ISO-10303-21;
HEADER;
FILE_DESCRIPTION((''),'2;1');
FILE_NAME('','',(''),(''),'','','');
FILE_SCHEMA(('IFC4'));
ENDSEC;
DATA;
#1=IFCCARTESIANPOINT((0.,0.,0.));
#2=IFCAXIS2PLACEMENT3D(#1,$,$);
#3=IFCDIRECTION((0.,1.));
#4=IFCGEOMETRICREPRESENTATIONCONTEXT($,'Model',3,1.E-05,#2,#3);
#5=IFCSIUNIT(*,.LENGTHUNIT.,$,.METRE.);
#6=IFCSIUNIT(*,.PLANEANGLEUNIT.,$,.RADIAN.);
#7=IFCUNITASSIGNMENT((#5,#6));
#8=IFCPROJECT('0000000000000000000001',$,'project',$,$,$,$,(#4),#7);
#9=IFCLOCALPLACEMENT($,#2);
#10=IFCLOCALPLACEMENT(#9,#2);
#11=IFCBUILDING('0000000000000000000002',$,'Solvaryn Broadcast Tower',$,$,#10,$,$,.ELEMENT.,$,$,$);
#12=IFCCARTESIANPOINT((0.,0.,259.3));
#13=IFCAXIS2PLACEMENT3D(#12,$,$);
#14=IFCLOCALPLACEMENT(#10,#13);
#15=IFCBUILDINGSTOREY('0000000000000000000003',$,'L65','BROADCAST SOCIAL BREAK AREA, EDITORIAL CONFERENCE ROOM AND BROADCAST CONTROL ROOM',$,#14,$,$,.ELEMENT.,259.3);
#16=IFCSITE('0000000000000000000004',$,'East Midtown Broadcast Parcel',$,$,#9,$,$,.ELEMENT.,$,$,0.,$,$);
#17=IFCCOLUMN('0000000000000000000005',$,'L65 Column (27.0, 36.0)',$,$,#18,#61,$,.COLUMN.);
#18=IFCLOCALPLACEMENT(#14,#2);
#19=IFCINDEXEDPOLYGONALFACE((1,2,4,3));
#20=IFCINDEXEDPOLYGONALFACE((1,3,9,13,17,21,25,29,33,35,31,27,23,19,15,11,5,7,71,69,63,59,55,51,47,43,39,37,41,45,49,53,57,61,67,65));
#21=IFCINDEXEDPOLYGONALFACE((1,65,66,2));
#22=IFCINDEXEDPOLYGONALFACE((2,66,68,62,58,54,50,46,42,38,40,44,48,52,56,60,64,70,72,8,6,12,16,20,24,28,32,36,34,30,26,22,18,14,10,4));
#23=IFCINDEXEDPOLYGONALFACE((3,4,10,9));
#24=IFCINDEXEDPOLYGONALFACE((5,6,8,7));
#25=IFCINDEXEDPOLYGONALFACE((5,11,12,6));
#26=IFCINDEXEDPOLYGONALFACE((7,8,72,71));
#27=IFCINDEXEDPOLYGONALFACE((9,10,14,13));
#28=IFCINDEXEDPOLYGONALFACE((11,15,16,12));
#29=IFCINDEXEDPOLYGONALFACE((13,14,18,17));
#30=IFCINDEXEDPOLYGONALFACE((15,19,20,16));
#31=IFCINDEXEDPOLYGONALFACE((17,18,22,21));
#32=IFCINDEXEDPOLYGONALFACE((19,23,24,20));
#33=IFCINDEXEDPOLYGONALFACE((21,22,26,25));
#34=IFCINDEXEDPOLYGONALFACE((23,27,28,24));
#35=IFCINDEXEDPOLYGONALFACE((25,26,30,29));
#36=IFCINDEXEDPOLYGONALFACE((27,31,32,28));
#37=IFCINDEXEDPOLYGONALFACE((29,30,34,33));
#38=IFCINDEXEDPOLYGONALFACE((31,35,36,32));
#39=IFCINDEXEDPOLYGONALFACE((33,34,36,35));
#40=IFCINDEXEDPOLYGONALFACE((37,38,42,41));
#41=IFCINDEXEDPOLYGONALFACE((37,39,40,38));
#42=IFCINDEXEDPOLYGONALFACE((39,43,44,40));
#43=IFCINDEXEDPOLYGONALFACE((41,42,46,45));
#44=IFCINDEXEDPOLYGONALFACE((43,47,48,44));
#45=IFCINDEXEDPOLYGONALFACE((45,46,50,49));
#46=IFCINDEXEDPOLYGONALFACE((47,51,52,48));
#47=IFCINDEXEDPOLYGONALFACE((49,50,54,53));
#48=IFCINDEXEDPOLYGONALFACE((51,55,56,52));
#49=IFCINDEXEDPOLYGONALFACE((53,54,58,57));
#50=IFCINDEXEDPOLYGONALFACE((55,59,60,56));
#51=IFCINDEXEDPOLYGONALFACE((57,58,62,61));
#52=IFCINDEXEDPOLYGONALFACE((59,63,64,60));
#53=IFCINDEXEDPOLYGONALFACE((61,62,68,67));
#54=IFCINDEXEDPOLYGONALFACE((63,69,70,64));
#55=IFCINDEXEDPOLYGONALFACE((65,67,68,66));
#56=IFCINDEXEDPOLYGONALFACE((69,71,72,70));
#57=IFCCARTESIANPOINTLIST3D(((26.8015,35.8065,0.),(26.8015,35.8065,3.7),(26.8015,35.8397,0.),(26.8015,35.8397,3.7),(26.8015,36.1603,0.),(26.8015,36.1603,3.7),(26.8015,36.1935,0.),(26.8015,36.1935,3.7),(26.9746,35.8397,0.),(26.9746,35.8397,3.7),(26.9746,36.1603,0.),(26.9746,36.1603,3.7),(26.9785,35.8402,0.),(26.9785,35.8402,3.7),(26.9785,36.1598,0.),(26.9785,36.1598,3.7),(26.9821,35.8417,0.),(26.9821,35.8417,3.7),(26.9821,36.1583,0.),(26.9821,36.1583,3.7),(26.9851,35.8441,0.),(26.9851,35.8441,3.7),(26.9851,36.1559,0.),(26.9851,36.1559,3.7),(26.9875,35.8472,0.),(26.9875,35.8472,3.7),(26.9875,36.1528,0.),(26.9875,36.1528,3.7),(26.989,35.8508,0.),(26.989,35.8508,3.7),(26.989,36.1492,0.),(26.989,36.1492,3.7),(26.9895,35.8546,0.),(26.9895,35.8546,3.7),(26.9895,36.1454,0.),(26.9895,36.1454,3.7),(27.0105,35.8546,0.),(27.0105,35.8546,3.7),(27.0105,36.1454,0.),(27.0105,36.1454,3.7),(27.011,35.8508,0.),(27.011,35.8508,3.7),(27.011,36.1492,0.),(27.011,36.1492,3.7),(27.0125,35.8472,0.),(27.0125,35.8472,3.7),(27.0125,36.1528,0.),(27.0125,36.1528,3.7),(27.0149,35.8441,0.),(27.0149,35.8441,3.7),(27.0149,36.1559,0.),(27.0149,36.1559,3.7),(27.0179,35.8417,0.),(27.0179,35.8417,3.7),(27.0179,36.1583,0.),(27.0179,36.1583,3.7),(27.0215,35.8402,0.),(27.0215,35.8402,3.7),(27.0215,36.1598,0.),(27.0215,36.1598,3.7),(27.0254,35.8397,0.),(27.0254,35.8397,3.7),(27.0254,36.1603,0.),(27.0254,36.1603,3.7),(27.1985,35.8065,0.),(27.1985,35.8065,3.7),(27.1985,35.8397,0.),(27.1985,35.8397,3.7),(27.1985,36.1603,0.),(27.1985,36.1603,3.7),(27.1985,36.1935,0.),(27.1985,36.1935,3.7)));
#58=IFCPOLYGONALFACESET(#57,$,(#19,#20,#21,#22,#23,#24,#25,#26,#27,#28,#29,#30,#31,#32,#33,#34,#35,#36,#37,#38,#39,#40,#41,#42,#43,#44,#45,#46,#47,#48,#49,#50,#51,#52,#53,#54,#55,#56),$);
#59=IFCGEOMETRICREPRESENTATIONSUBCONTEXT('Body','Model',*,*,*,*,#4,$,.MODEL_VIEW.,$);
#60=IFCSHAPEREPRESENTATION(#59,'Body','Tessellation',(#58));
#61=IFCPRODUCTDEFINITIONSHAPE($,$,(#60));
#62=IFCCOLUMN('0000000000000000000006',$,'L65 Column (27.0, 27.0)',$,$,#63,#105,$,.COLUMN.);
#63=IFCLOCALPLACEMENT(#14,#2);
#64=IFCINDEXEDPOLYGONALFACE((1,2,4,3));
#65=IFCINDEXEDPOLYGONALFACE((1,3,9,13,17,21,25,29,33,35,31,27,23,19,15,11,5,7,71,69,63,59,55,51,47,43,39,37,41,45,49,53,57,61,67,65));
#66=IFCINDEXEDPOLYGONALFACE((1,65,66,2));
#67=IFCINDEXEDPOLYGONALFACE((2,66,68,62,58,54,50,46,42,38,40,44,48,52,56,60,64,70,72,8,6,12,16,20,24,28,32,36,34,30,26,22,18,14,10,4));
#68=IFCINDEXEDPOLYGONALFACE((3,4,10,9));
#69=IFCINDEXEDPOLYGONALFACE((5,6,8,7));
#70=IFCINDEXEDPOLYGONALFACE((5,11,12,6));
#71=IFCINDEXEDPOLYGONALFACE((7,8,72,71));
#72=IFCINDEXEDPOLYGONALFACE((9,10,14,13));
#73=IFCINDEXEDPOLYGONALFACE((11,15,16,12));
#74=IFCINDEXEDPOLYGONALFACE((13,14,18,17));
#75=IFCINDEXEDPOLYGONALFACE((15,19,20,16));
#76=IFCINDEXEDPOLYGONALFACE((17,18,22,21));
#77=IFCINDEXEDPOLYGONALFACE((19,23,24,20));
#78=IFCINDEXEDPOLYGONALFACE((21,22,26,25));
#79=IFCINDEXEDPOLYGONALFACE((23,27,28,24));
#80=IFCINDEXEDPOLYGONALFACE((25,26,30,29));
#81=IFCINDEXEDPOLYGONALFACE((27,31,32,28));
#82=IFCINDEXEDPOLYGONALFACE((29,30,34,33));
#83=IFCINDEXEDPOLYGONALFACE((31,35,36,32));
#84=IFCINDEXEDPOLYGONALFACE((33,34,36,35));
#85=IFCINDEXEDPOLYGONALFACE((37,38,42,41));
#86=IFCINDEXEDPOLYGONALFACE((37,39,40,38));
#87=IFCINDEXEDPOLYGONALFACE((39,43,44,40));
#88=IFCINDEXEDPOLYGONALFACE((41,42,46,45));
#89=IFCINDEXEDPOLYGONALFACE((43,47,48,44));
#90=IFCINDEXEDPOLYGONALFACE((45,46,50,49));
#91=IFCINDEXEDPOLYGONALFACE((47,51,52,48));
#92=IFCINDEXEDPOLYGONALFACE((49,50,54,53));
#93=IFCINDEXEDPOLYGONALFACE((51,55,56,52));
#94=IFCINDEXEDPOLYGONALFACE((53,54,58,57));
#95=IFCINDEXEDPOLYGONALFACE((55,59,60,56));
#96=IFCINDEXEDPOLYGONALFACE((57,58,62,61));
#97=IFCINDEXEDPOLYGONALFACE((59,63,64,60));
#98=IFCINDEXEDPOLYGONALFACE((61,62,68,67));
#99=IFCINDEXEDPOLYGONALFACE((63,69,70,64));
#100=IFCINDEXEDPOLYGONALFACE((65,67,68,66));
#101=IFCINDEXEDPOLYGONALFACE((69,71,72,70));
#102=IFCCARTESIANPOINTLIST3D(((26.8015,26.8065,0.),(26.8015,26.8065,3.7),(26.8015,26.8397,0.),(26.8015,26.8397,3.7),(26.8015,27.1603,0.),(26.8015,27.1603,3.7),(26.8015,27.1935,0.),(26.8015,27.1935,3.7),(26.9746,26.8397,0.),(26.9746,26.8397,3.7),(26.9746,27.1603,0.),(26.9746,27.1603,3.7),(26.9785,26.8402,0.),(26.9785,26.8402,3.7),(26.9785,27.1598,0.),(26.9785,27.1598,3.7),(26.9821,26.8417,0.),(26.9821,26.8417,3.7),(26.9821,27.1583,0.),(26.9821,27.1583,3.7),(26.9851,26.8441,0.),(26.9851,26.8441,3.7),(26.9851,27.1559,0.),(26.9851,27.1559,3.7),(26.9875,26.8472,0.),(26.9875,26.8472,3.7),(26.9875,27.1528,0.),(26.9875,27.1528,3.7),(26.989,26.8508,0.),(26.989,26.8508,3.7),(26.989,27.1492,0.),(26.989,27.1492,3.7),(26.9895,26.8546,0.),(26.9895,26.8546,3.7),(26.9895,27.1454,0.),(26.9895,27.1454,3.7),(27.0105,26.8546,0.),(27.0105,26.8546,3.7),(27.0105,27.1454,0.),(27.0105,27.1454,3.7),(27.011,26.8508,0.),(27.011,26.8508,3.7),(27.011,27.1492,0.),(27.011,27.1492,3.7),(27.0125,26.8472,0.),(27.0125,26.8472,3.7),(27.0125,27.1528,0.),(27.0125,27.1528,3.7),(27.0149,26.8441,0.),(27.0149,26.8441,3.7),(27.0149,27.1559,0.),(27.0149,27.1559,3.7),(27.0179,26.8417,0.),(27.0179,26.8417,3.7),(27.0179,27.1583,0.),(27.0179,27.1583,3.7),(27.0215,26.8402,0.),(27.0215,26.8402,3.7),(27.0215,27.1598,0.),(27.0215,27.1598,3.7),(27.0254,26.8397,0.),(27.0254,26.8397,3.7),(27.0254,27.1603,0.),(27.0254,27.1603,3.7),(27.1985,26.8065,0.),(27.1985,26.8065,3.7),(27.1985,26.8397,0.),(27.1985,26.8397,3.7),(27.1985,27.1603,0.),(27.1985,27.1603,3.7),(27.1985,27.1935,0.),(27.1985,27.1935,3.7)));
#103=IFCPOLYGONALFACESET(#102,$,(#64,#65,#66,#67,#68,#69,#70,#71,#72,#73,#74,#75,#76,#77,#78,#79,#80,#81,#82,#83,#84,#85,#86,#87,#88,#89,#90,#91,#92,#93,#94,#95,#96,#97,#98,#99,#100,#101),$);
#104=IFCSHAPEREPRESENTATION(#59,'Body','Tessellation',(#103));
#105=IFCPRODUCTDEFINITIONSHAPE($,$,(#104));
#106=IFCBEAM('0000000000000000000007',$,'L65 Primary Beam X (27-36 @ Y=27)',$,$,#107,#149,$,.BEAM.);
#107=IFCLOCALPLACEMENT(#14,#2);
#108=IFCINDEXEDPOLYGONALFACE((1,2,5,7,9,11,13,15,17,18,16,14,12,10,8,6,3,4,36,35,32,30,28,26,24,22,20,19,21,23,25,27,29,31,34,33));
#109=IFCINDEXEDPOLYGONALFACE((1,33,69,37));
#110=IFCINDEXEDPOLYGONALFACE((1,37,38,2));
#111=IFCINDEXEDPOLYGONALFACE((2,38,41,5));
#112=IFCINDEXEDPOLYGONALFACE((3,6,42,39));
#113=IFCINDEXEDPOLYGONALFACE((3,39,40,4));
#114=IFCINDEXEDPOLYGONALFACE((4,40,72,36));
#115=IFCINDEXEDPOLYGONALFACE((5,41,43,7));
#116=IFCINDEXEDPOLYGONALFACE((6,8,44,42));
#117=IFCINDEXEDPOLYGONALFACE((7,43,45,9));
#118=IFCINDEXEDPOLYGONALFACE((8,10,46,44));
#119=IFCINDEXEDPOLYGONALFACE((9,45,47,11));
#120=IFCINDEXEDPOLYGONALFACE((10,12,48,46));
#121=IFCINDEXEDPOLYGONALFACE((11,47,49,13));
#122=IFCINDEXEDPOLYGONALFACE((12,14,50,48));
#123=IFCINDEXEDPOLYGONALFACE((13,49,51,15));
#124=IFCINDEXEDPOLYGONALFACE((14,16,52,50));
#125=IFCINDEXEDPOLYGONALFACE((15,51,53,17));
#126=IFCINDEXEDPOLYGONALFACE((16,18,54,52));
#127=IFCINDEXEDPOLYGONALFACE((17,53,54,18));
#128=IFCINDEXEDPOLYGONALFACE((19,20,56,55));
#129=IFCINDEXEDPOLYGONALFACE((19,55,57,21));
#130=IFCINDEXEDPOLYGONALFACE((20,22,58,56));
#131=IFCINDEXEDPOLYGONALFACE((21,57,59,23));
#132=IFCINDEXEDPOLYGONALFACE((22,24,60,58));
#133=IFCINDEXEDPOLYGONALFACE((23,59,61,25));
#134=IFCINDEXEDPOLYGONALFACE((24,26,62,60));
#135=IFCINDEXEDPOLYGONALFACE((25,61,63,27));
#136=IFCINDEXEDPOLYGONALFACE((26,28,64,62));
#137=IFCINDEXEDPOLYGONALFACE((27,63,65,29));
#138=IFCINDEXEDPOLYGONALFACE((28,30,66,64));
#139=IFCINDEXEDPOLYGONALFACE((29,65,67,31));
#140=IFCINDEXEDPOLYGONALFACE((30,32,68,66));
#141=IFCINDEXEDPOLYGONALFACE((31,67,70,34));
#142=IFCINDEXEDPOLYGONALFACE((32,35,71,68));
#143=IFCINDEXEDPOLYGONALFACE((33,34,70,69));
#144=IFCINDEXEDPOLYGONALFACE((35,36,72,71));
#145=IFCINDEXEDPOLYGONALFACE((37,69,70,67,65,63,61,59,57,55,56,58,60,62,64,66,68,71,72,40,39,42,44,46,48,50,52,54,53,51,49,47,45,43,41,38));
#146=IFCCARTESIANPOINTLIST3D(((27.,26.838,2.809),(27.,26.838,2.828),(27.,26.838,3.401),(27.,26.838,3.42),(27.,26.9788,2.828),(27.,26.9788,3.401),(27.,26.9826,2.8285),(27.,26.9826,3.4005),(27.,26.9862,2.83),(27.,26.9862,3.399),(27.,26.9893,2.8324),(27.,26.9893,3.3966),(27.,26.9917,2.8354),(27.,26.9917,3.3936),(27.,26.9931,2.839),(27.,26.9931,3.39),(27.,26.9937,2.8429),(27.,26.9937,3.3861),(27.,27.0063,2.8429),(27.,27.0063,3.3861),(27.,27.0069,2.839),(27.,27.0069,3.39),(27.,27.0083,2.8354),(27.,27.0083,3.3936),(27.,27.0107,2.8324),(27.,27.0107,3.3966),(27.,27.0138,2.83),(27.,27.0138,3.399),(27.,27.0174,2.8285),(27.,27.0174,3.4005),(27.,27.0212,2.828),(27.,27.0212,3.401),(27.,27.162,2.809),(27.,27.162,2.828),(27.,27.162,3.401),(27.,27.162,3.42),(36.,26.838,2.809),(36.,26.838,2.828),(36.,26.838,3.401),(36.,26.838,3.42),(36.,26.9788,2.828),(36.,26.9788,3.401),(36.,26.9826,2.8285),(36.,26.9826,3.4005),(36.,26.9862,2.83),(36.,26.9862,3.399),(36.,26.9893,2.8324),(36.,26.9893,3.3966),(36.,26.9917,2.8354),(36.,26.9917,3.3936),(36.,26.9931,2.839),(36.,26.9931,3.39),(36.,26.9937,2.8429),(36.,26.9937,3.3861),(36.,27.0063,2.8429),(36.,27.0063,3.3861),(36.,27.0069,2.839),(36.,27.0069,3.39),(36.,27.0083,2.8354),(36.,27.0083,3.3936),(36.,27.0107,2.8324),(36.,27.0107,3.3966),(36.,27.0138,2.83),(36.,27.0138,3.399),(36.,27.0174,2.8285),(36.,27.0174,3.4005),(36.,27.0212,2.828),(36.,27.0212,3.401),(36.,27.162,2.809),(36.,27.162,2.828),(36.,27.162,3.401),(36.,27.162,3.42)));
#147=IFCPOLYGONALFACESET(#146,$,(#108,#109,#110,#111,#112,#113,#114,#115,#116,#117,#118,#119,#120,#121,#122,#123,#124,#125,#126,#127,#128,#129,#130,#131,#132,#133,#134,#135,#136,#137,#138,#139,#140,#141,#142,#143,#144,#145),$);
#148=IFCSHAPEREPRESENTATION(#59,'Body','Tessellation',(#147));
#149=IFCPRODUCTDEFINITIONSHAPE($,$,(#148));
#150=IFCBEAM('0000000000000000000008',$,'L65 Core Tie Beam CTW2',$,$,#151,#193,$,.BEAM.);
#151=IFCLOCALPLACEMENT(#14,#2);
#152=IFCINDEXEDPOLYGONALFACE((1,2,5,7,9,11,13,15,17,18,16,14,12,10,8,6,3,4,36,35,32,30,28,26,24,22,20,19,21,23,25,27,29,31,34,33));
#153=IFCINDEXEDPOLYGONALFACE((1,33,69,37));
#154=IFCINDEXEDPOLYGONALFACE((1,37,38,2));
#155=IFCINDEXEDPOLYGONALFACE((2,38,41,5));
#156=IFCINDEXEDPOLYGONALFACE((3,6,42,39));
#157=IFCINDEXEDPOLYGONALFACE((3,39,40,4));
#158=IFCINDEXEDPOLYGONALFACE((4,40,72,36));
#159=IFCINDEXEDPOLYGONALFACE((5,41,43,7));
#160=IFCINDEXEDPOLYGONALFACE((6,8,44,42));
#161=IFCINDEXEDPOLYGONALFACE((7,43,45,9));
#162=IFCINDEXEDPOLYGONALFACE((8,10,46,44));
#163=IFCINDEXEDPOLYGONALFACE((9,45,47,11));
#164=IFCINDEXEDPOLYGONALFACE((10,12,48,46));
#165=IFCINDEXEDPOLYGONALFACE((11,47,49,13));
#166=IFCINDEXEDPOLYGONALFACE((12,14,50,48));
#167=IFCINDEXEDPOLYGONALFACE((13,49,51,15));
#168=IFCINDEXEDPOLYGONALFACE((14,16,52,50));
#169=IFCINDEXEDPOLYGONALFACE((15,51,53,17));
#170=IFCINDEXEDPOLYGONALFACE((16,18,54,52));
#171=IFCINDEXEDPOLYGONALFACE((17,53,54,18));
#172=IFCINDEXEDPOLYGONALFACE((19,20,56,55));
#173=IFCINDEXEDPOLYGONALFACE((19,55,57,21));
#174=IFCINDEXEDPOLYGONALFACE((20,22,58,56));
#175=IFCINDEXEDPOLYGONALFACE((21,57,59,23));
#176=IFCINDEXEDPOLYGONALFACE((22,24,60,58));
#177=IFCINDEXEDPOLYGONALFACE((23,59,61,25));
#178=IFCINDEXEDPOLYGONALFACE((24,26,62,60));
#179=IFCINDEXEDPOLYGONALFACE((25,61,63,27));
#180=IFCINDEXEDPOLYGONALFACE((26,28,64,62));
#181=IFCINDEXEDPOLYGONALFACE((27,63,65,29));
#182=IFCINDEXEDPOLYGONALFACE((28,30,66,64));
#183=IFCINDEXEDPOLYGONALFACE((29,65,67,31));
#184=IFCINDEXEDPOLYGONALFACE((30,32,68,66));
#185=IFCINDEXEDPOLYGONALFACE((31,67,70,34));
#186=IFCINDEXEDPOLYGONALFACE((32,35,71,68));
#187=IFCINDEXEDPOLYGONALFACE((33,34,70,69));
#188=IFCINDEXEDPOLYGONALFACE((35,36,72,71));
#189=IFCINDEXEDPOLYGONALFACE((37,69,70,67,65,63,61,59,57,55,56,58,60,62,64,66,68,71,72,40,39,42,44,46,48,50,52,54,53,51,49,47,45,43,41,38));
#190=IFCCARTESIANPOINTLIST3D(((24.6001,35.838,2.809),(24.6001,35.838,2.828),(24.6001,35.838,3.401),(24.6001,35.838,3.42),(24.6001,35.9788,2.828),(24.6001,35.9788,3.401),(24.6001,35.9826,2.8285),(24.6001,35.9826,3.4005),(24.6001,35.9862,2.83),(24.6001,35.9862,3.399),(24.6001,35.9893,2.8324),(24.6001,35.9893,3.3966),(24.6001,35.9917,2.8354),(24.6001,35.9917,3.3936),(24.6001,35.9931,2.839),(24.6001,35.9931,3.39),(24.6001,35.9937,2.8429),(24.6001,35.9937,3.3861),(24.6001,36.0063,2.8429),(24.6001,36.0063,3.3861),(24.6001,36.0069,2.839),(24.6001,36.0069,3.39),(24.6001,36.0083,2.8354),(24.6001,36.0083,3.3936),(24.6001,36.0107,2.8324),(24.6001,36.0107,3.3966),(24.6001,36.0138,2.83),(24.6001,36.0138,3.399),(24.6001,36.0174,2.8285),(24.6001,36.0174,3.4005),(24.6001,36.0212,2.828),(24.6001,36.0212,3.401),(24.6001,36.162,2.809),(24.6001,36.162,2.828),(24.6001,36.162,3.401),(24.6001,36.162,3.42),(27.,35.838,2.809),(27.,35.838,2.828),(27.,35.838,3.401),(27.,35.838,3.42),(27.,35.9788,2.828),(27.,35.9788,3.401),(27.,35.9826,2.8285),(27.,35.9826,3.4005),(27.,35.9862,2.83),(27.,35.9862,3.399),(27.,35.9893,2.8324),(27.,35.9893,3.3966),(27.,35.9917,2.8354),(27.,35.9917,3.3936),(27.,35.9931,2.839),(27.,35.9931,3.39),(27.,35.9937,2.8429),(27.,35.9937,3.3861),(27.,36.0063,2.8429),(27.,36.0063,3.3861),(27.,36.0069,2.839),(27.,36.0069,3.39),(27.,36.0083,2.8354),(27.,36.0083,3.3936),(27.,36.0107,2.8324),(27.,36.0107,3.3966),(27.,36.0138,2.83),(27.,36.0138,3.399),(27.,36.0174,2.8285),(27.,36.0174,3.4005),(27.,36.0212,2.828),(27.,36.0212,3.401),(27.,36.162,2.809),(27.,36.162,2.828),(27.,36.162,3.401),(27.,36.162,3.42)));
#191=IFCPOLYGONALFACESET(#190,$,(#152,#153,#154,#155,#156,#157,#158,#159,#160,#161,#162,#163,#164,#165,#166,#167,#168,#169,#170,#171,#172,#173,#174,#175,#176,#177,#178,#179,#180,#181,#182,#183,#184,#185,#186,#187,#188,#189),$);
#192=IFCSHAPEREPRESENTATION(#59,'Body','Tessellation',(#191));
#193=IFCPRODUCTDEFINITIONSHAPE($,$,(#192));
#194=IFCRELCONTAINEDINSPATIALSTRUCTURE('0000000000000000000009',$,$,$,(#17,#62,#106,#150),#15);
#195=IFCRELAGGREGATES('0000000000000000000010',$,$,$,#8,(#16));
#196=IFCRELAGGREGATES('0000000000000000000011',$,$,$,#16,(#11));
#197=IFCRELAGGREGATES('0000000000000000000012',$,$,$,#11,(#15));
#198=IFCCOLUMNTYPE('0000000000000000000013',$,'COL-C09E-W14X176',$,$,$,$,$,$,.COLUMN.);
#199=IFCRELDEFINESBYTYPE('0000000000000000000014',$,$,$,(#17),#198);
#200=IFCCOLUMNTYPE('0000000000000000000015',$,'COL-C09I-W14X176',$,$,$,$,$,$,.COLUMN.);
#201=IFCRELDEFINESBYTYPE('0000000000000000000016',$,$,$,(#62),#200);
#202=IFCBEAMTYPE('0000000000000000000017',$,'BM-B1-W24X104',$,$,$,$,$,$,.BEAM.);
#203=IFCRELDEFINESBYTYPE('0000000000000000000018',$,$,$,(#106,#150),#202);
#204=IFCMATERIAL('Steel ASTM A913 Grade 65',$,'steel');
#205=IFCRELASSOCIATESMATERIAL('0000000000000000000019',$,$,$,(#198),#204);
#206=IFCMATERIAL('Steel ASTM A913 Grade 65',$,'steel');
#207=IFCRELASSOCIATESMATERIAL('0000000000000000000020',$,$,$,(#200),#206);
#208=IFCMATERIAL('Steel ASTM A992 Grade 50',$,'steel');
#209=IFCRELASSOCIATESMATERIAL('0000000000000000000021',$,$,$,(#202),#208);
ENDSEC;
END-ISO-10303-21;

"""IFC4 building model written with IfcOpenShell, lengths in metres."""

from ifc_helpers import new_model, si_unit, direction, frame, origin, origin_2d, place, context, subcontext, project, spatial, i_section, extrude, material, material_profile, profile_set, type_object, element, save


model = new_model("IFC4")

# Units and contexts
model_context = context("Model", 3, precision=1e-05, world=origin(), true_north=direction((0.0, 1.0)))
body_context = subcontext(model_context, "Body", "Model", "MODEL_VIEW")
ifc_project = project(units=[si_unit("LENGTHUNIT", "METRE"), si_unit("PLANEANGLEUNIT", "RADIAN")], contexts=[model_context])

# Site, building, storey
site_placement = place(None, origin())
site = spatial("IfcSite", under=ifc_project, at=site_placement, Name="East Midtown Broadcast Parcel", CompositionType="ELEMENT", RefElevation=0.0)
building_placement = place(site_placement, origin())
building = spatial("IfcBuilding", under=site, at=building_placement, Name="Solvaryn Broadcast Tower", CompositionType="ELEMENT")
storey_placement = place(building_placement, frame((0.0, 0.0, 259.3)))
storey = spatial("IfcBuildingStorey", under=building, at=storey_placement, Name="L65", Description="BROADCAST SOCIAL BREAK AREA, EDITORIAL CONFERENCE ROOM AND BROADCAST CONTROL ROOM", CompositionType="ELEMENT", Elevation=259.3)

# Columns
ifc_material_1 = material(Name="Steel ASTM A913 Grade 65", Category="steel")
ifc_material_profile_1 = material_profile(ifc_material_1, i_section(OverallWidth=0.397, OverallDepth=0.387, WebThickness=0.021, FlangeThickness=0.0332, FilletRadius=0.0149, at=origin_2d()))
ifc_profile_set_1 = profile_set([ifc_material_profile_1], Name="Steel ASTM A913 Grade 65")
column_type_1 = type_object("IfcColumnType", Name="COL-C09E-W14X176", PredefinedType="COLUMN", material=ifc_profile_set_1)
column_1_placement = place(storey_placement, frame((27.0, 36.0, 0.0), z_axis=(0.0, 0.0, 1.0), x_axis=(1.0, 0.0, 0.0)))
element("IfcColumn", 1, at=column_1_placement, inside=storey, type_object=column_type_1, Name="L65 Column (27.0, 36.0)", PredefinedType="COLUMN", context=body_context, shape_type="SweptSolid", body=[
    extrude(i_section(OverallWidth=0.397, OverallDepth=0.387, WebThickness=0.021, FlangeThickness=0.0332, FilletRadius=0.0149, at=origin_2d()), origin(), (0.0, 0.0, 1.0), 3.7),
])
ifc_material_2 = material(Name="Steel ASTM A913 Grade 65", Category="steel")
ifc_material_profile_2 = material_profile(ifc_material_2, i_section(OverallWidth=0.397, OverallDepth=0.387, WebThickness=0.021, FlangeThickness=0.0332, FilletRadius=0.0149, at=origin_2d()))
ifc_profile_set_2 = profile_set([ifc_material_profile_2], Name="Steel ASTM A913 Grade 65")
column_type_2 = type_object("IfcColumnType", Name="COL-C09I-W14X176", PredefinedType="COLUMN", material=ifc_profile_set_2)
column_2_placement = place(storey_placement, frame((27.0, 27.0, 0.0), z_axis=(0.0, 0.0, 1.0), x_axis=(1.0, 0.0, 0.0)))
element("IfcColumn", 2, at=column_2_placement, inside=storey, type_object=column_type_2, Name="L65 Column (27.0, 27.0)", PredefinedType="COLUMN", context=body_context, shape_type="SweptSolid", body=[
    extrude(i_section(OverallWidth=0.397, OverallDepth=0.387, WebThickness=0.021, FlangeThickness=0.0332, FilletRadius=0.0149, at=origin_2d()), origin(), (0.0, 0.0, 1.0), 3.7),
])

# Beams
ifc_material_3 = material(Name="Steel ASTM A992 Grade 50", Category="steel")
ifc_material_profile_3 = material_profile(ifc_material_3, i_section(OverallWidth=0.324, OverallDepth=0.6111, WebThickness=0.0127, FlangeThickness=0.019, FilletRadius=0.0149, at=origin_2d()))
ifc_profile_set_3 = profile_set([ifc_material_profile_3], Name="Steel ASTM A992 Grade 50")
beam_type_1 = type_object("IfcBeamType", Name="BM-B1-W24X104", PredefinedType="BEAM", material=ifc_profile_set_3)
beam_1_placement = place(storey_placement, frame((27.0, 27.0, 3.1145), z_axis=(1.0, 0.0, 0.0), x_axis=(0.0, 1.0, 0.0)))
element("IfcBeam", 3, at=beam_1_placement, inside=storey, type_object=beam_type_1, Name="L65 Primary Beam X (27-36 @ Y=27)", PredefinedType="BEAM", context=body_context, shape_type="SweptSolid", body=[
    extrude(i_section(OverallWidth=0.324, OverallDepth=0.6111, WebThickness=0.0127, FlangeThickness=0.019, FilletRadius=0.0149, at=origin_2d()), origin(), (0.0, 0.0, 1.0), 9.0),
])
beam_2_placement = place(storey_placement, frame((24.6001, 36.0, 3.1145), z_axis=(1.0, 0.0, 0.0), x_axis=(0.0, 1.0, 0.0)))
element("IfcBeam", 4, at=beam_2_placement, inside=storey, type_object=beam_type_1, Name="L65 Core Tie Beam CTW2", PredefinedType="BEAM", context=body_context, shape_type="SweptSolid", body=[
    extrude(i_section(OverallWidth=0.324, OverallDepth=0.6111, WebThickness=0.0127, FlangeThickness=0.019, FilletRadius=0.0149, at=origin_2d()), origin(), (0.0, 0.0, 1.0), 2.3999),
])

save(model, "model.ifc")
